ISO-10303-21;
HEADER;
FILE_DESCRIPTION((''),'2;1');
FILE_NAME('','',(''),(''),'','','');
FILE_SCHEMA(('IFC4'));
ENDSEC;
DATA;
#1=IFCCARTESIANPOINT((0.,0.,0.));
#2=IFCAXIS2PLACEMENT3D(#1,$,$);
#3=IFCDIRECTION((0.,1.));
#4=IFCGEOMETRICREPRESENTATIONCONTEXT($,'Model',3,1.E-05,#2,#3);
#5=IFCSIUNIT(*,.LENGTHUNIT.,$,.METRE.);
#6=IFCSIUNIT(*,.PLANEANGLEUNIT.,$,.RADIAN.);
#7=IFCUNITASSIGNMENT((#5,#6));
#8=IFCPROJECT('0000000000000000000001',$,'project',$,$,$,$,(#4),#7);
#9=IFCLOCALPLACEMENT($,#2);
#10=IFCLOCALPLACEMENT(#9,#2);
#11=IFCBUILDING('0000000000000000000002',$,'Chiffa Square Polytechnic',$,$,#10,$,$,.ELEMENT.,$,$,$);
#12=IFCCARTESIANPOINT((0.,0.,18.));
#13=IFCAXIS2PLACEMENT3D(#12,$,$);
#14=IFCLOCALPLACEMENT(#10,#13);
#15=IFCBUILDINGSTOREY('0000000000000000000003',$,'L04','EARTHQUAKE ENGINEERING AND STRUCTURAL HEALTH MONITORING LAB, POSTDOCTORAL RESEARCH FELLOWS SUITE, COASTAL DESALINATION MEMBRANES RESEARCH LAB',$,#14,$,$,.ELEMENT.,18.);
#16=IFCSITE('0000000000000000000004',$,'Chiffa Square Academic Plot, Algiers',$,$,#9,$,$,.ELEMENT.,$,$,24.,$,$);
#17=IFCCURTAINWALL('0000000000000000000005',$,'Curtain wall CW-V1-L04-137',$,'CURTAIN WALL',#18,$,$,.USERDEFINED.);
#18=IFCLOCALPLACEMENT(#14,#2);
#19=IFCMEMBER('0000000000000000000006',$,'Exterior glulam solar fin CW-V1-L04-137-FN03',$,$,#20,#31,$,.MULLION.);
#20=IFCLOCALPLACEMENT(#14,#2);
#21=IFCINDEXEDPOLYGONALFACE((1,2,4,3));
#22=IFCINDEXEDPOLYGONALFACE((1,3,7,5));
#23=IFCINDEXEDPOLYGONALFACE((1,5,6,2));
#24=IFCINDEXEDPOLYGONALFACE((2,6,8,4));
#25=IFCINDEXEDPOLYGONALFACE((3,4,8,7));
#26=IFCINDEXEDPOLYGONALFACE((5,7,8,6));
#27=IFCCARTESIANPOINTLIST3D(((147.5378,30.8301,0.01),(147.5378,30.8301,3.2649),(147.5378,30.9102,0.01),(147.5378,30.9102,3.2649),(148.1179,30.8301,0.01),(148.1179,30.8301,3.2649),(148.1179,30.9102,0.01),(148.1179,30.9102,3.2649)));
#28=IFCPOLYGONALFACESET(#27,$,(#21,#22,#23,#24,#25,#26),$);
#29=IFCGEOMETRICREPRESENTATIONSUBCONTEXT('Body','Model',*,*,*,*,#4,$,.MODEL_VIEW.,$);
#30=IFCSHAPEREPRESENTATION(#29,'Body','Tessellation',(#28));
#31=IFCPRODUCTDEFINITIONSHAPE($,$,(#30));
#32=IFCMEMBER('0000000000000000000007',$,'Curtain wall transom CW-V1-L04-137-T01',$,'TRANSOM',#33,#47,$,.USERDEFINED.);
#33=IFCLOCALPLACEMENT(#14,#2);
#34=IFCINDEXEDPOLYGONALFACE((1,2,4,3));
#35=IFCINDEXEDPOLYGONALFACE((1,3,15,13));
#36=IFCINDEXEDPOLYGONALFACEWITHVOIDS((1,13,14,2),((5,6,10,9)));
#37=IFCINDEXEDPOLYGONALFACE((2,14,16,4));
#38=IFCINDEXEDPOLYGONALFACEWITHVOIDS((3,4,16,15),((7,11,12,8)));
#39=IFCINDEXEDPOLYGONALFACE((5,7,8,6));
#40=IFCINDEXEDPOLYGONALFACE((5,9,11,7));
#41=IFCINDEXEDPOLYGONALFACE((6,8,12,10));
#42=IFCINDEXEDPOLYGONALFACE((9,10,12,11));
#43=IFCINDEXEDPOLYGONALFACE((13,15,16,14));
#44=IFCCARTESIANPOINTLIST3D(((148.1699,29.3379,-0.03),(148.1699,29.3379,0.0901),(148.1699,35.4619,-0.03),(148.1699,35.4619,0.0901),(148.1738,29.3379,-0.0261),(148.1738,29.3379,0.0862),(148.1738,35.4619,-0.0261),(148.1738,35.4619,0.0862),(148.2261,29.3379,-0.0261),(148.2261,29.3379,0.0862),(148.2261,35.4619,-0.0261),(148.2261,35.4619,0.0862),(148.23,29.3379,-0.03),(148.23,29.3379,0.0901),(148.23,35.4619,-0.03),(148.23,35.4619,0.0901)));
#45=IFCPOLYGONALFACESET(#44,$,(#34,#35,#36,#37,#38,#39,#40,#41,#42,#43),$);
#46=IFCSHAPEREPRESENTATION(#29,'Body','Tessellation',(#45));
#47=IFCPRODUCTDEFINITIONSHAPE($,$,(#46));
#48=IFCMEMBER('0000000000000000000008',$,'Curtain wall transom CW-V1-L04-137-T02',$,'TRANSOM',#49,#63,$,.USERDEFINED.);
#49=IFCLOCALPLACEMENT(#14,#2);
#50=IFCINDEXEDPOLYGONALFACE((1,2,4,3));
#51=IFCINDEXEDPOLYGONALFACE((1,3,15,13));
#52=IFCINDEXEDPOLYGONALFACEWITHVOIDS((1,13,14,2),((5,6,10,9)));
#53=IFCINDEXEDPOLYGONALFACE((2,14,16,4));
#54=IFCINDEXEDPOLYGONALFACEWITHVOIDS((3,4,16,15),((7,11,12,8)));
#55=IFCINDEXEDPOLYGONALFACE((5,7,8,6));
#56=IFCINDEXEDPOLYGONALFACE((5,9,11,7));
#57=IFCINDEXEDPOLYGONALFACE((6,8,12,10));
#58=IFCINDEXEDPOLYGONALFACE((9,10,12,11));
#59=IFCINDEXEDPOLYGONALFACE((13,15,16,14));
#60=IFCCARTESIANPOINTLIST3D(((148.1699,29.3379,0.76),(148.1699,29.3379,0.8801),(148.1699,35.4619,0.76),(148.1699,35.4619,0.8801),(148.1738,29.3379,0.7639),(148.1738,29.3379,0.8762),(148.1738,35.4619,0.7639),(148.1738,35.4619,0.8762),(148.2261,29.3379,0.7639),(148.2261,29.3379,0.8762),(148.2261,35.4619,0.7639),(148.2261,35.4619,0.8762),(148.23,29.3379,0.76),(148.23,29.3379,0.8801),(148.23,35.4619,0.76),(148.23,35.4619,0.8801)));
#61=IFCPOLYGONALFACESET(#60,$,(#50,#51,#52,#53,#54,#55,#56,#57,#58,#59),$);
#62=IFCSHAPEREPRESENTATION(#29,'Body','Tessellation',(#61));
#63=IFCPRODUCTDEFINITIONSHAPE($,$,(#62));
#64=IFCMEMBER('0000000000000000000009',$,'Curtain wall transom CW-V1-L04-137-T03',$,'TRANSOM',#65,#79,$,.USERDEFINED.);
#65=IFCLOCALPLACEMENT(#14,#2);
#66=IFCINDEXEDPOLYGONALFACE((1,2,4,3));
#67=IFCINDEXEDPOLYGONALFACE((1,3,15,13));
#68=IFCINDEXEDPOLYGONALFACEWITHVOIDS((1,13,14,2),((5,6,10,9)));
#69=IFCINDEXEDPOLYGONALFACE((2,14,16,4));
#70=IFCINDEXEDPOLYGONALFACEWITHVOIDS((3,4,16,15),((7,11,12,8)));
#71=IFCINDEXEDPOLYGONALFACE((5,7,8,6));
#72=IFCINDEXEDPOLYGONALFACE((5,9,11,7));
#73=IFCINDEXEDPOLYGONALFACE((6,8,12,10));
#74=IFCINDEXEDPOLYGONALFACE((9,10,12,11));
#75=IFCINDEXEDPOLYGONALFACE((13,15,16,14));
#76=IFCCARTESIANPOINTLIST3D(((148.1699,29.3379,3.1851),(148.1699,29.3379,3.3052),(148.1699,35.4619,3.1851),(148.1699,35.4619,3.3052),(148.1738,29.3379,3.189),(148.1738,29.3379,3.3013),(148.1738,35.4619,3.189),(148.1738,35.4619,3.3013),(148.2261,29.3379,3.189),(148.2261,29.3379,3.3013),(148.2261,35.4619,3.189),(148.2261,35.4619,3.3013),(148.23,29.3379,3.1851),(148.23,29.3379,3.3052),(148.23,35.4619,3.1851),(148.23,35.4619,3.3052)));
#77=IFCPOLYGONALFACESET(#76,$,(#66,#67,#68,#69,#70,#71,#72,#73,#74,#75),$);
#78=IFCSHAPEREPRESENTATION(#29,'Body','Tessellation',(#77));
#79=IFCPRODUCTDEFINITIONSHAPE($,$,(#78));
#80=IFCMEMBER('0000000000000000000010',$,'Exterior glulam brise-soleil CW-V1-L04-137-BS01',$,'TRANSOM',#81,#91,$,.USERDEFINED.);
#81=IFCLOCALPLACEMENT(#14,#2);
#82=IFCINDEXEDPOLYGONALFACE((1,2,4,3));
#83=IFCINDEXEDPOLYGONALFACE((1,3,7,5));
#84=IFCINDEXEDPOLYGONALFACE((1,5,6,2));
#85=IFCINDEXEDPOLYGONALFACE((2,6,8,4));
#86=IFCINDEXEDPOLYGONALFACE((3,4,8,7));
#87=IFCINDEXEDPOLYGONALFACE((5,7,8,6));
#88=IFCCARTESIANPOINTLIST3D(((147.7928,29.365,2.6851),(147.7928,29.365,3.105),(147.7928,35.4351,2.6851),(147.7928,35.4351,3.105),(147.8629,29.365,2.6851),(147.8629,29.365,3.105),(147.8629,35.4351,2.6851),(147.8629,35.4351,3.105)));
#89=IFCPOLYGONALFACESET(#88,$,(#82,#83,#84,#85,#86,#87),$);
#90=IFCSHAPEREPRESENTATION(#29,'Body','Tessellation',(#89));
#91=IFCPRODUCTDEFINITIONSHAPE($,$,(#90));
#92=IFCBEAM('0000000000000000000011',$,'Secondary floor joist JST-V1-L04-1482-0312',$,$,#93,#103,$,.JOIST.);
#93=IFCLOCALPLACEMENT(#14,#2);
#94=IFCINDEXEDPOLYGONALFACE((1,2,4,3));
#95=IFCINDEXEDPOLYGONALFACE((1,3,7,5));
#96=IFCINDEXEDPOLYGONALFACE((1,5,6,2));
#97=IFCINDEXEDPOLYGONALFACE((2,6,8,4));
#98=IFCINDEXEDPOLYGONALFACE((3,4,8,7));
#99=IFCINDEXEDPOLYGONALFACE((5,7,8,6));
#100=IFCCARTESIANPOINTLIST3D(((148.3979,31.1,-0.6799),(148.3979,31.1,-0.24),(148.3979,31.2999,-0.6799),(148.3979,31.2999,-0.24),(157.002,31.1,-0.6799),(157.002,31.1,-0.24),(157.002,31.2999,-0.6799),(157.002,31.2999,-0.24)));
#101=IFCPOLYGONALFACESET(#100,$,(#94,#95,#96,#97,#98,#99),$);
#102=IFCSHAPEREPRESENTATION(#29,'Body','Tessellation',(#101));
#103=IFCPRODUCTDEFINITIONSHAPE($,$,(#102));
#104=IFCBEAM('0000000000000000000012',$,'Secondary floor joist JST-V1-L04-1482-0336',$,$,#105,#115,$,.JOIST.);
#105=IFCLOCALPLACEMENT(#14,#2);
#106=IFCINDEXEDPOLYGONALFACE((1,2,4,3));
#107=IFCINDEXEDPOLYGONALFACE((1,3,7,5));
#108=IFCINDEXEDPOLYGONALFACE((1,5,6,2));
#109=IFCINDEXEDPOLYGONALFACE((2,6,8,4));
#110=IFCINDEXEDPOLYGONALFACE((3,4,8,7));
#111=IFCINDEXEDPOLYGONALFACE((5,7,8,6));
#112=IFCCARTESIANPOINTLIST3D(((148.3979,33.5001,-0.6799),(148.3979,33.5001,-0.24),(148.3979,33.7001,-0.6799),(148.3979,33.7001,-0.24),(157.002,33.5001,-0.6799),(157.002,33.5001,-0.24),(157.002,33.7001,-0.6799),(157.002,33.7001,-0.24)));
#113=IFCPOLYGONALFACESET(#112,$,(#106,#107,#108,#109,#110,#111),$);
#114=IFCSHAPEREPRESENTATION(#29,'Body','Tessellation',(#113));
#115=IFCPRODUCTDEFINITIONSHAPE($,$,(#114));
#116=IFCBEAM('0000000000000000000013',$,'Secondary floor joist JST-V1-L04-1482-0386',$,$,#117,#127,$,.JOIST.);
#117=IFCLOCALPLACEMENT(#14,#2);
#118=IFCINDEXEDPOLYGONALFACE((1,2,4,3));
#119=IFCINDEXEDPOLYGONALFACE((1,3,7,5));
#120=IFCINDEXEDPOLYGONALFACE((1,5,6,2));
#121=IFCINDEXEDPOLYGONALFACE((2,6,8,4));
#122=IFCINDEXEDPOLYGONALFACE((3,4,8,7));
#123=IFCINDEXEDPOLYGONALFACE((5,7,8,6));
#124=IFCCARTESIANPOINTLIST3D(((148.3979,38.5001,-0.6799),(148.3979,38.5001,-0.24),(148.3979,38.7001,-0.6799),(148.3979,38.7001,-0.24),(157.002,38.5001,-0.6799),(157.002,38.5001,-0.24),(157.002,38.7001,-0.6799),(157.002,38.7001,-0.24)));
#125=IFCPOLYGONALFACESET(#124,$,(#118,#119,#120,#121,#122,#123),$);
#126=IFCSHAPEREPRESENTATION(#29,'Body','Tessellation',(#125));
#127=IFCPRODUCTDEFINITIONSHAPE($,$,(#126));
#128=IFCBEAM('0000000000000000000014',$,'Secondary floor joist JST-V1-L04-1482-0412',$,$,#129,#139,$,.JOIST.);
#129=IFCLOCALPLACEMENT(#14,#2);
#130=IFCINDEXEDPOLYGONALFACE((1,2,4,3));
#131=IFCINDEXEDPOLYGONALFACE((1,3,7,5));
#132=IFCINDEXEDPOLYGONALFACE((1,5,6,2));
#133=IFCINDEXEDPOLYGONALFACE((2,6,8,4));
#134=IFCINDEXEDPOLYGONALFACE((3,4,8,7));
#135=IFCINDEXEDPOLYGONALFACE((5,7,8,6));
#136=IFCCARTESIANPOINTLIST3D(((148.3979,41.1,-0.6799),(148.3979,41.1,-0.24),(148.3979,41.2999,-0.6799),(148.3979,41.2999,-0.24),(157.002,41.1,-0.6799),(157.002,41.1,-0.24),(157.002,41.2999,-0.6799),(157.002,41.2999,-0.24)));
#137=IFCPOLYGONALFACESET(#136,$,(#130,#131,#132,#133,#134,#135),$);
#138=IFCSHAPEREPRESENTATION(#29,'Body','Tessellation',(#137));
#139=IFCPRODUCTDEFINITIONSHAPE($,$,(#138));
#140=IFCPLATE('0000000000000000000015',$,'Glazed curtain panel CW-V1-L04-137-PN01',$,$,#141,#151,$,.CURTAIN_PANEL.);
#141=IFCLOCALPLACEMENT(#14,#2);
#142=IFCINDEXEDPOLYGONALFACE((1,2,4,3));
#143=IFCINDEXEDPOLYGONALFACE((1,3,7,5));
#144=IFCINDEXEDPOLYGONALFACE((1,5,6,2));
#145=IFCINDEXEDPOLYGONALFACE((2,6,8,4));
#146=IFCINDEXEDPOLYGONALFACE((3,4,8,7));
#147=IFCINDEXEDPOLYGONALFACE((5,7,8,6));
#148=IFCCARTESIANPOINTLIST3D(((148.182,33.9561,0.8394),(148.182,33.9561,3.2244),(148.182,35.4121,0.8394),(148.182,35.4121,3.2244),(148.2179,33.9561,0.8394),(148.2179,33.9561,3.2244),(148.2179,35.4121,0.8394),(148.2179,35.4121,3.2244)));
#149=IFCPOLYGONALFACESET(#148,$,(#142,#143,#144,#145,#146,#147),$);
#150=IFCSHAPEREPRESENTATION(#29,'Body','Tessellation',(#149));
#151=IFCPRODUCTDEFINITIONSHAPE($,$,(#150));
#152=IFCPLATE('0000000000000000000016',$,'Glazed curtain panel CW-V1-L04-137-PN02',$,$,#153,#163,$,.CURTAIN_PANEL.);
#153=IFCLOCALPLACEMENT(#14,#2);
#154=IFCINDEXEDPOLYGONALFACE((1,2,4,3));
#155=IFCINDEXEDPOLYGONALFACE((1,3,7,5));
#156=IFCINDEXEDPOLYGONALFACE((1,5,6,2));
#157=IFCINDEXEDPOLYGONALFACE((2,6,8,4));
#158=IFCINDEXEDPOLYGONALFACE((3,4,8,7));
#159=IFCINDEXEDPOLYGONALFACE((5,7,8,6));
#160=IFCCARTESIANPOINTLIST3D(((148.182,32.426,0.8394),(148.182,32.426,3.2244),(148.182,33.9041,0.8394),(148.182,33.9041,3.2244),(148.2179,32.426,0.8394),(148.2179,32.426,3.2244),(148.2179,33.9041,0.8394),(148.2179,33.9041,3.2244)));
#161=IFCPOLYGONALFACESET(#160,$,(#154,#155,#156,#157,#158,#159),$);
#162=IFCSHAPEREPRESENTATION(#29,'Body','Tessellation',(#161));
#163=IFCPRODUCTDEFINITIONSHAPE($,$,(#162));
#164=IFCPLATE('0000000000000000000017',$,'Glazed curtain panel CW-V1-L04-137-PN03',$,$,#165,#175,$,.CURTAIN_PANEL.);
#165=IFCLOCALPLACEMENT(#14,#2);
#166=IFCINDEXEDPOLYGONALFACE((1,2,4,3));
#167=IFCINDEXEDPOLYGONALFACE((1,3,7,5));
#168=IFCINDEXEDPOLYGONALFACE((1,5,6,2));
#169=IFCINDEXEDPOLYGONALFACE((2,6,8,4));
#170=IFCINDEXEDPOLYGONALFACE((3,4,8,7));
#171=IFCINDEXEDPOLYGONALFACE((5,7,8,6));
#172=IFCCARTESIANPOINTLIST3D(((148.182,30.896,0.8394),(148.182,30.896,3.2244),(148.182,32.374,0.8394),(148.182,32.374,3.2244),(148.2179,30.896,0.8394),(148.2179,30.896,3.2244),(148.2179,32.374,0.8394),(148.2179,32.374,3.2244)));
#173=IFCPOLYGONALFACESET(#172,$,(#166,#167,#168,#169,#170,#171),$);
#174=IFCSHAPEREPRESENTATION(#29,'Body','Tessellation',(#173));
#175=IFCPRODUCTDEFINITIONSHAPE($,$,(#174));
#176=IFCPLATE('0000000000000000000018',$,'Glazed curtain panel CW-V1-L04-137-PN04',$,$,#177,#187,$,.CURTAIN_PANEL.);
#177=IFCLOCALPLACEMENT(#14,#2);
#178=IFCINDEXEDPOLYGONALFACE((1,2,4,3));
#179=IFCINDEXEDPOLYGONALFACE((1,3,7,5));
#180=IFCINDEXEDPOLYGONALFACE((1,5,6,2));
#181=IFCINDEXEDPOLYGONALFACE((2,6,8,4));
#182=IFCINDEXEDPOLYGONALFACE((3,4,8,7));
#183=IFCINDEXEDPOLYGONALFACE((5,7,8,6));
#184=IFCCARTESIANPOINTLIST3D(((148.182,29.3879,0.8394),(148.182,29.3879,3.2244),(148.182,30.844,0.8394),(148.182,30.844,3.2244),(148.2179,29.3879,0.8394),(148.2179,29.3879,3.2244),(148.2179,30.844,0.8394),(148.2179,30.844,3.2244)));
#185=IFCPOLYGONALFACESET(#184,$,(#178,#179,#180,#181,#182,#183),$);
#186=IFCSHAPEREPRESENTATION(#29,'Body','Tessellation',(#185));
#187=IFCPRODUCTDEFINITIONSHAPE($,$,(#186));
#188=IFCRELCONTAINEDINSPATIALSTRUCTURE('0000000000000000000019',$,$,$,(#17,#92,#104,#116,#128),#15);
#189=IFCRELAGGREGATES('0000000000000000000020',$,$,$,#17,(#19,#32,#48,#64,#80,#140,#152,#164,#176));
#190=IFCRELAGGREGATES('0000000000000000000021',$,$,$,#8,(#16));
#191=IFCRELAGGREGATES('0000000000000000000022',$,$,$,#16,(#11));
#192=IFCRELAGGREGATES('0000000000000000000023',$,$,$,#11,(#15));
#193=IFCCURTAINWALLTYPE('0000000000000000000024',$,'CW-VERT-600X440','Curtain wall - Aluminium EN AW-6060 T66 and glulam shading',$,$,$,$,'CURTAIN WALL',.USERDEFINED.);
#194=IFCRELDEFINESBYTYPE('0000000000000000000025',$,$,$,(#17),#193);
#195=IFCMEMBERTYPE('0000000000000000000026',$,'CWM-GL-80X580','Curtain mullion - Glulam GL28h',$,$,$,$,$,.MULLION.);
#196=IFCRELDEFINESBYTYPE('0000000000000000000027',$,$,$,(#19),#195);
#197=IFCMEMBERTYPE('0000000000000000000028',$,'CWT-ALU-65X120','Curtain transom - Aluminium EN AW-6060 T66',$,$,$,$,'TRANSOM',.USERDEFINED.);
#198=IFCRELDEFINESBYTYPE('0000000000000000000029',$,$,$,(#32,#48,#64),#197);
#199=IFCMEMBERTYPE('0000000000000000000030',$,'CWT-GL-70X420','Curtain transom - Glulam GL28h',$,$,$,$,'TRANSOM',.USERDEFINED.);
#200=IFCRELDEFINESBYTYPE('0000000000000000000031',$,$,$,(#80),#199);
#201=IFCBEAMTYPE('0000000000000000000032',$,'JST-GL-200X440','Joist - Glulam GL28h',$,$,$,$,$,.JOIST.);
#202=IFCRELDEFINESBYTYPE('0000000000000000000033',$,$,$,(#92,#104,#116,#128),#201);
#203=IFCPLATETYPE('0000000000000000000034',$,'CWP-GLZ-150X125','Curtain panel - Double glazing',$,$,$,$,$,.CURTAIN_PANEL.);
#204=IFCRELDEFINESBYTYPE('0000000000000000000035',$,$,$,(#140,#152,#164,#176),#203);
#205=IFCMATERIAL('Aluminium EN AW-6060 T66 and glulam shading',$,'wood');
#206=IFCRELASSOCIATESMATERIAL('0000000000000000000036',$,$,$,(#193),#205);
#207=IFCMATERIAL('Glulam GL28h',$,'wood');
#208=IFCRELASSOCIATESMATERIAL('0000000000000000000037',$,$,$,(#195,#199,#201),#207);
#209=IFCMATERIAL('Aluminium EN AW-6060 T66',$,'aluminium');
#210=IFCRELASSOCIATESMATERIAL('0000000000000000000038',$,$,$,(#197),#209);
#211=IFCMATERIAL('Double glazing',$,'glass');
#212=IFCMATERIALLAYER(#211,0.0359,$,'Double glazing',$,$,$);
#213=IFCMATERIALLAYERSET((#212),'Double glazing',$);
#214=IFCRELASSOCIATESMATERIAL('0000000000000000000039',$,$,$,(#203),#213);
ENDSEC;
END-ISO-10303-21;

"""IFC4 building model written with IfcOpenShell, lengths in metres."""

from ifc_helpers import new_model, si_unit, direction, frame, origin, origin_2d, place, context, subcontext, project, spatial, rectangle, hollow_rectangle, extrude, material, layer, layer_set, material_profile, profile_set, type_object, element, aggregate, save


model = new_model("IFC4")

# Units and contexts
model_context = context("Model", 3, precision=1e-05, world=origin(), true_north=direction((0.0, 1.0)))
body_context = subcontext(model_context, "Body", "Model", "MODEL_VIEW")
ifc_project = project(units=[si_unit("LENGTHUNIT", "METRE"), si_unit("PLANEANGLEUNIT", "RADIAN")], contexts=[model_context])

# Site, building, storey
site_placement = place(None, origin())
site = spatial("IfcSite", under=ifc_project, at=site_placement, Name="Chiffa Square Academic Plot, Algiers", CompositionType="ELEMENT", RefElevation=24.0)
building_placement = place(site_placement, origin())
building = spatial("IfcBuilding", under=site, at=building_placement, Name="Chiffa Square Polytechnic", CompositionType="ELEMENT")
storey_placement = place(building_placement, frame((0.0, 0.0, 18.0)))
storey = spatial("IfcBuildingStorey", under=building, at=storey_placement, Name="L04", Description="EARTHQUAKE ENGINEERING AND STRUCTURAL HEALTH MONITORING LAB, POSTDOCTORAL RESEARCH FELLOWS SUITE, COASTAL DESALINATION MEMBRANES RESEARCH LAB", CompositionType="ELEMENT", Elevation=18.0)

# Curtain wall, members
ifc_material_1 = material(Name="Aluminium EN AW-6060 T66 and glulam shading", Category="wood")
curtain_wall_type = type_object("IfcCurtainWallType", Name="CW-VERT-600X440", Description="Curtain wall - Aluminium EN AW-6060 T66 and glulam shading", ElementType="CURTAIN WALL", PredefinedType="USERDEFINED", material=ifc_material_1)
curtain_wall_placement = place(storey_placement, origin())
curtain_wall = element("IfcCurtainWall", 1, at=curtain_wall_placement, inside=storey, type_object=curtain_wall_type, Name="Curtain wall CW-V1-L04-137", ObjectType="CURTAIN WALL", PredefinedType="USERDEFINED")
ifc_material_2 = material(Name="Aluminium EN AW-6060 T66", Category="aluminium")
ifc_material_3 = material(Name="Glulam GL28h", Category="wood")
ifc_material_profile_1 = material_profile(ifc_material_3, rectangle(XDim=0.0801, YDim=0.5801, at=origin_2d()), Name="GL28h 80x580")
ifc_profile_set_1 = profile_set([ifc_material_profile_1], Name="Glulam GL28h")
member_type_1 = type_object("IfcMemberType", Name="CWM-GL-80X580", Description="Curtain mullion - Glulam GL28h", PredefinedType="MULLION", material=ifc_profile_set_1)
member_1_placement = place(storey_placement, frame((147.8279, 30.8701, 0.01), z_axis=(0.0, 0.0, 1.0), x_axis=(0.0, -1.0, 0.0)))
member_1 = element("IfcMember", 2, at=member_1_placement, type_object=member_type_1, Name="Exterior glulam solar fin CW-V1-L04-137-FN03", PredefinedType="MULLION", context=body_context, shape_type="SweptSolid", body=[
    extrude(rectangle(XDim=0.0801, YDim=0.5801, at=origin_2d()), origin(), (0.0, 0.0, 1.0), 3.2549),
])
ifc_material_profile_2 = material_profile(ifc_material_2, hollow_rectangle(XDim=0.0601, YDim=0.1201, WallThickness=0.0039, at=origin_2d()), Name="ALU 60x120x4")
ifc_profile_set_2 = profile_set([ifc_material_profile_2], Name="Aluminium EN AW-6060 T66")
member_type_2 = type_object("IfcMemberType", Name="CWT-ALU-65X120", Description="Curtain transom - Aluminium EN AW-6060 T66", ElementType="TRANSOM", PredefinedType="USERDEFINED", material=ifc_profile_set_2)
member_2_placement = place(storey_placement, frame((148.2, 35.4619, 0.03), z_axis=(0.0, -1.0, 0.0), x_axis=(1.0, 0.0, 0.0)))
member_2 = element("IfcMember", 3, at=member_2_placement, type_object=member_type_2, Name="Curtain wall transom CW-V1-L04-137-T01", ObjectType="TRANSOM", PredefinedType="USERDEFINED", context=body_context, shape_type="SweptSolid", body=[
    extrude(hollow_rectangle(XDim=0.0601, YDim=0.1201, WallThickness=0.0039, at=origin_2d()), origin(), (0.0, 0.0, 1.0), 6.124),
])
member_3_placement = place(storey_placement, frame((148.2, 35.4619, 0.8201), z_axis=(0.0, -1.0, 0.0), x_axis=(1.0, 0.0, 0.0)))
member_3 = element("IfcMember", 4, at=member_3_placement, type_object=member_type_2, Name="Curtain wall transom CW-V1-L04-137-T02", ObjectType="TRANSOM", PredefinedType="USERDEFINED", context=body_context, shape_type="SweptSolid", body=[
    extrude(hollow_rectangle(XDim=0.0601, YDim=0.1201, WallThickness=0.0039, at=origin_2d()), origin(), (0.0, 0.0, 1.0), 6.124),
])
member_4_placement = place(storey_placement, frame((148.2, 35.4619, 3.2451), z_axis=(0.0, -1.0, 0.0), x_axis=(1.0, 0.0, 0.0)))
member_4 = element("IfcMember", 5, at=member_4_placement, type_object=member_type_2, Name="Curtain wall transom CW-V1-L04-137-T03", ObjectType="TRANSOM", PredefinedType="USERDEFINED", context=body_context, shape_type="SweptSolid", body=[
    extrude(hollow_rectangle(XDim=0.0601, YDim=0.1201, WallThickness=0.0039, at=origin_2d()), origin(), (0.0, 0.0, 1.0), 6.124),
])
ifc_material_profile_3 = material_profile(ifc_material_3, rectangle(XDim=0.0701, YDim=0.4199, at=origin_2d()), Name="GL28h 70x420")
ifc_profile_set_3 = profile_set([ifc_material_profile_3], Name="Glulam GL28h")
member_type_3 = type_object("IfcMemberType", Name="CWT-GL-70X420", Description="Curtain transom - Glulam GL28h", ElementType="TRANSOM", PredefinedType="USERDEFINED", material=ifc_profile_set_3)
member_5_placement = place(storey_placement, frame((147.8279, 35.4351, 2.895), z_axis=(0.0, -1.0, 0.0), x_axis=(1.0, 0.0, 0.0)))
member_5 = element("IfcMember", 6, at=member_5_placement, type_object=member_type_3, Name="Exterior glulam brise-soleil CW-V1-L04-137-BS01", ObjectType="TRANSOM", PredefinedType="USERDEFINED", context=body_context, shape_type="SweptSolid", body=[
    extrude(rectangle(XDim=0.0701, YDim=0.4199, at=origin_2d()), origin(), (0.0, 0.0, 1.0), 6.0701),
])

# Beams
ifc_material_profile_4 = material_profile(ifc_material_3, rectangle(XDim=0.2, YDim=0.4399, at=origin_2d()), Name="GL28h 200x440")
ifc_profile_set_4 = profile_set([ifc_material_profile_4], Name="Glulam GL28h")
beam_type_1 = type_object("IfcBeamType", Name="JST-GL-200X440", Description="Joist - Glulam GL28h", PredefinedType="JOIST", material=ifc_profile_set_4)
for number, where, z_axis, x_axis, name in (
    (7, (148.3979, 31.2, -0.46), (1.0, 0.0, 0.0), (0.0, 1.0, 0.0), "Secondary floor joist JST-V1-L04-1482-0312"),
    (8, (148.3979, 33.6001, -0.46), (1.0, 0.0, 0.0), (0.0, 1.0, 0.0), "Secondary floor joist JST-V1-L04-1482-0336"),
    (9, (148.3979, 38.6001, -0.46), (1.0, 0.0, 0.0), (0.0, 1.0, 0.0), "Secondary floor joist JST-V1-L04-1482-0386"),
    (10, (148.3979, 41.2, -0.46), (1.0, 0.0, 0.0), (0.0, 1.0, 0.0), "Secondary floor joist JST-V1-L04-1482-0412"),
):
    element("IfcBeam", number, at=place(storey_placement, frame(where, z_axis=z_axis, x_axis=x_axis)), inside=storey, type_object=beam_type_1, Name=name, PredefinedType="JOIST", context=body_context, shape_type="SweptSolid", body=[
        extrude(rectangle(XDim=0.2, YDim=0.4399, at=origin_2d()), origin(), (0.0, 0.0, 1.0), 8.604),
    ])

# Plates
ifc_material_4 = material(Name="Double glazing", Category="glass")
ifc_layer_1 = layer(ifc_material_4, 0.0359, Name="Double glazing")
ifc_layer_set_1 = layer_set([ifc_layer_1], Name="Double glazing")
plate_type_1 = type_object("IfcPlateType", Name="CWP-GLZ-150X125", Description="Curtain panel - Double glazing", PredefinedType="CURTAIN_PANEL", material=ifc_layer_set_1)
plate_1_placement = place(storey_placement, frame((148.2, 34.6841, 0.8394), z_axis=(0.0, 0.0, 1.0), x_axis=(0.0, -1.0, 0.0)))
plate_1 = element("IfcPlate", 11, at=plate_1_placement, type_object=plate_type_1, Name="Glazed curtain panel CW-V1-L04-137-PN01", PredefinedType="CURTAIN_PANEL", context=body_context, shape_type="SweptSolid", body=[
    extrude(rectangle(XDim=1.4561, YDim=0.0359, at=origin_2d()), origin(), (0.0, 0.0, 1.0), 2.385),
])
plate_2_placement = place(storey_placement, frame((148.2, 33.165, 0.8394), z_axis=(0.0, 0.0, 1.0), x_axis=(0.0, -1.0, 0.0)))
plate_2 = element("IfcPlate", 12, at=plate_2_placement, type_object=plate_type_1, Name="Glazed curtain panel CW-V1-L04-137-PN02", PredefinedType="CURTAIN_PANEL", context=body_context, shape_type="SweptSolid", body=[
    extrude(rectangle(XDim=1.478, YDim=0.0359, at=origin_2d()), origin(), (0.0, 0.0, 1.0), 2.385),
])
plate_3_placement = place(storey_placement, frame((148.2, 31.635, 0.8394), z_axis=(0.0, 0.0, 1.0), x_axis=(0.0, -1.0, 0.0)))
plate_3 = element("IfcPlate", 13, at=plate_3_placement, type_object=plate_type_1, Name="Glazed curtain panel CW-V1-L04-137-PN03", PredefinedType="CURTAIN_PANEL", context=body_context, shape_type="SweptSolid", body=[
    extrude(rectangle(XDim=1.478, YDim=0.0359, at=origin_2d()), origin(), (0.0, 0.0, 1.0), 2.385),
])
plate_4_placement = place(storey_placement, frame((148.2, 30.116, 0.8394), z_axis=(0.0, 0.0, 1.0), x_axis=(0.0, -1.0, 0.0)))
plate_4 = element("IfcPlate", 14, at=plate_4_placement, type_object=plate_type_1, Name="Glazed curtain panel CW-V1-L04-137-PN04", PredefinedType="CURTAIN_PANEL", context=body_context, shape_type="SweptSolid", body=[
    extrude(rectangle(XDim=1.4561, YDim=0.0359, at=origin_2d()), origin(), (0.0, 0.0, 1.0), 2.385),
])
aggregate(curtain_wall, [member_1, member_2, member_3, member_4, member_5, plate_1, plate_2, plate_3, plate_4])

save(model, "model.ifc")
